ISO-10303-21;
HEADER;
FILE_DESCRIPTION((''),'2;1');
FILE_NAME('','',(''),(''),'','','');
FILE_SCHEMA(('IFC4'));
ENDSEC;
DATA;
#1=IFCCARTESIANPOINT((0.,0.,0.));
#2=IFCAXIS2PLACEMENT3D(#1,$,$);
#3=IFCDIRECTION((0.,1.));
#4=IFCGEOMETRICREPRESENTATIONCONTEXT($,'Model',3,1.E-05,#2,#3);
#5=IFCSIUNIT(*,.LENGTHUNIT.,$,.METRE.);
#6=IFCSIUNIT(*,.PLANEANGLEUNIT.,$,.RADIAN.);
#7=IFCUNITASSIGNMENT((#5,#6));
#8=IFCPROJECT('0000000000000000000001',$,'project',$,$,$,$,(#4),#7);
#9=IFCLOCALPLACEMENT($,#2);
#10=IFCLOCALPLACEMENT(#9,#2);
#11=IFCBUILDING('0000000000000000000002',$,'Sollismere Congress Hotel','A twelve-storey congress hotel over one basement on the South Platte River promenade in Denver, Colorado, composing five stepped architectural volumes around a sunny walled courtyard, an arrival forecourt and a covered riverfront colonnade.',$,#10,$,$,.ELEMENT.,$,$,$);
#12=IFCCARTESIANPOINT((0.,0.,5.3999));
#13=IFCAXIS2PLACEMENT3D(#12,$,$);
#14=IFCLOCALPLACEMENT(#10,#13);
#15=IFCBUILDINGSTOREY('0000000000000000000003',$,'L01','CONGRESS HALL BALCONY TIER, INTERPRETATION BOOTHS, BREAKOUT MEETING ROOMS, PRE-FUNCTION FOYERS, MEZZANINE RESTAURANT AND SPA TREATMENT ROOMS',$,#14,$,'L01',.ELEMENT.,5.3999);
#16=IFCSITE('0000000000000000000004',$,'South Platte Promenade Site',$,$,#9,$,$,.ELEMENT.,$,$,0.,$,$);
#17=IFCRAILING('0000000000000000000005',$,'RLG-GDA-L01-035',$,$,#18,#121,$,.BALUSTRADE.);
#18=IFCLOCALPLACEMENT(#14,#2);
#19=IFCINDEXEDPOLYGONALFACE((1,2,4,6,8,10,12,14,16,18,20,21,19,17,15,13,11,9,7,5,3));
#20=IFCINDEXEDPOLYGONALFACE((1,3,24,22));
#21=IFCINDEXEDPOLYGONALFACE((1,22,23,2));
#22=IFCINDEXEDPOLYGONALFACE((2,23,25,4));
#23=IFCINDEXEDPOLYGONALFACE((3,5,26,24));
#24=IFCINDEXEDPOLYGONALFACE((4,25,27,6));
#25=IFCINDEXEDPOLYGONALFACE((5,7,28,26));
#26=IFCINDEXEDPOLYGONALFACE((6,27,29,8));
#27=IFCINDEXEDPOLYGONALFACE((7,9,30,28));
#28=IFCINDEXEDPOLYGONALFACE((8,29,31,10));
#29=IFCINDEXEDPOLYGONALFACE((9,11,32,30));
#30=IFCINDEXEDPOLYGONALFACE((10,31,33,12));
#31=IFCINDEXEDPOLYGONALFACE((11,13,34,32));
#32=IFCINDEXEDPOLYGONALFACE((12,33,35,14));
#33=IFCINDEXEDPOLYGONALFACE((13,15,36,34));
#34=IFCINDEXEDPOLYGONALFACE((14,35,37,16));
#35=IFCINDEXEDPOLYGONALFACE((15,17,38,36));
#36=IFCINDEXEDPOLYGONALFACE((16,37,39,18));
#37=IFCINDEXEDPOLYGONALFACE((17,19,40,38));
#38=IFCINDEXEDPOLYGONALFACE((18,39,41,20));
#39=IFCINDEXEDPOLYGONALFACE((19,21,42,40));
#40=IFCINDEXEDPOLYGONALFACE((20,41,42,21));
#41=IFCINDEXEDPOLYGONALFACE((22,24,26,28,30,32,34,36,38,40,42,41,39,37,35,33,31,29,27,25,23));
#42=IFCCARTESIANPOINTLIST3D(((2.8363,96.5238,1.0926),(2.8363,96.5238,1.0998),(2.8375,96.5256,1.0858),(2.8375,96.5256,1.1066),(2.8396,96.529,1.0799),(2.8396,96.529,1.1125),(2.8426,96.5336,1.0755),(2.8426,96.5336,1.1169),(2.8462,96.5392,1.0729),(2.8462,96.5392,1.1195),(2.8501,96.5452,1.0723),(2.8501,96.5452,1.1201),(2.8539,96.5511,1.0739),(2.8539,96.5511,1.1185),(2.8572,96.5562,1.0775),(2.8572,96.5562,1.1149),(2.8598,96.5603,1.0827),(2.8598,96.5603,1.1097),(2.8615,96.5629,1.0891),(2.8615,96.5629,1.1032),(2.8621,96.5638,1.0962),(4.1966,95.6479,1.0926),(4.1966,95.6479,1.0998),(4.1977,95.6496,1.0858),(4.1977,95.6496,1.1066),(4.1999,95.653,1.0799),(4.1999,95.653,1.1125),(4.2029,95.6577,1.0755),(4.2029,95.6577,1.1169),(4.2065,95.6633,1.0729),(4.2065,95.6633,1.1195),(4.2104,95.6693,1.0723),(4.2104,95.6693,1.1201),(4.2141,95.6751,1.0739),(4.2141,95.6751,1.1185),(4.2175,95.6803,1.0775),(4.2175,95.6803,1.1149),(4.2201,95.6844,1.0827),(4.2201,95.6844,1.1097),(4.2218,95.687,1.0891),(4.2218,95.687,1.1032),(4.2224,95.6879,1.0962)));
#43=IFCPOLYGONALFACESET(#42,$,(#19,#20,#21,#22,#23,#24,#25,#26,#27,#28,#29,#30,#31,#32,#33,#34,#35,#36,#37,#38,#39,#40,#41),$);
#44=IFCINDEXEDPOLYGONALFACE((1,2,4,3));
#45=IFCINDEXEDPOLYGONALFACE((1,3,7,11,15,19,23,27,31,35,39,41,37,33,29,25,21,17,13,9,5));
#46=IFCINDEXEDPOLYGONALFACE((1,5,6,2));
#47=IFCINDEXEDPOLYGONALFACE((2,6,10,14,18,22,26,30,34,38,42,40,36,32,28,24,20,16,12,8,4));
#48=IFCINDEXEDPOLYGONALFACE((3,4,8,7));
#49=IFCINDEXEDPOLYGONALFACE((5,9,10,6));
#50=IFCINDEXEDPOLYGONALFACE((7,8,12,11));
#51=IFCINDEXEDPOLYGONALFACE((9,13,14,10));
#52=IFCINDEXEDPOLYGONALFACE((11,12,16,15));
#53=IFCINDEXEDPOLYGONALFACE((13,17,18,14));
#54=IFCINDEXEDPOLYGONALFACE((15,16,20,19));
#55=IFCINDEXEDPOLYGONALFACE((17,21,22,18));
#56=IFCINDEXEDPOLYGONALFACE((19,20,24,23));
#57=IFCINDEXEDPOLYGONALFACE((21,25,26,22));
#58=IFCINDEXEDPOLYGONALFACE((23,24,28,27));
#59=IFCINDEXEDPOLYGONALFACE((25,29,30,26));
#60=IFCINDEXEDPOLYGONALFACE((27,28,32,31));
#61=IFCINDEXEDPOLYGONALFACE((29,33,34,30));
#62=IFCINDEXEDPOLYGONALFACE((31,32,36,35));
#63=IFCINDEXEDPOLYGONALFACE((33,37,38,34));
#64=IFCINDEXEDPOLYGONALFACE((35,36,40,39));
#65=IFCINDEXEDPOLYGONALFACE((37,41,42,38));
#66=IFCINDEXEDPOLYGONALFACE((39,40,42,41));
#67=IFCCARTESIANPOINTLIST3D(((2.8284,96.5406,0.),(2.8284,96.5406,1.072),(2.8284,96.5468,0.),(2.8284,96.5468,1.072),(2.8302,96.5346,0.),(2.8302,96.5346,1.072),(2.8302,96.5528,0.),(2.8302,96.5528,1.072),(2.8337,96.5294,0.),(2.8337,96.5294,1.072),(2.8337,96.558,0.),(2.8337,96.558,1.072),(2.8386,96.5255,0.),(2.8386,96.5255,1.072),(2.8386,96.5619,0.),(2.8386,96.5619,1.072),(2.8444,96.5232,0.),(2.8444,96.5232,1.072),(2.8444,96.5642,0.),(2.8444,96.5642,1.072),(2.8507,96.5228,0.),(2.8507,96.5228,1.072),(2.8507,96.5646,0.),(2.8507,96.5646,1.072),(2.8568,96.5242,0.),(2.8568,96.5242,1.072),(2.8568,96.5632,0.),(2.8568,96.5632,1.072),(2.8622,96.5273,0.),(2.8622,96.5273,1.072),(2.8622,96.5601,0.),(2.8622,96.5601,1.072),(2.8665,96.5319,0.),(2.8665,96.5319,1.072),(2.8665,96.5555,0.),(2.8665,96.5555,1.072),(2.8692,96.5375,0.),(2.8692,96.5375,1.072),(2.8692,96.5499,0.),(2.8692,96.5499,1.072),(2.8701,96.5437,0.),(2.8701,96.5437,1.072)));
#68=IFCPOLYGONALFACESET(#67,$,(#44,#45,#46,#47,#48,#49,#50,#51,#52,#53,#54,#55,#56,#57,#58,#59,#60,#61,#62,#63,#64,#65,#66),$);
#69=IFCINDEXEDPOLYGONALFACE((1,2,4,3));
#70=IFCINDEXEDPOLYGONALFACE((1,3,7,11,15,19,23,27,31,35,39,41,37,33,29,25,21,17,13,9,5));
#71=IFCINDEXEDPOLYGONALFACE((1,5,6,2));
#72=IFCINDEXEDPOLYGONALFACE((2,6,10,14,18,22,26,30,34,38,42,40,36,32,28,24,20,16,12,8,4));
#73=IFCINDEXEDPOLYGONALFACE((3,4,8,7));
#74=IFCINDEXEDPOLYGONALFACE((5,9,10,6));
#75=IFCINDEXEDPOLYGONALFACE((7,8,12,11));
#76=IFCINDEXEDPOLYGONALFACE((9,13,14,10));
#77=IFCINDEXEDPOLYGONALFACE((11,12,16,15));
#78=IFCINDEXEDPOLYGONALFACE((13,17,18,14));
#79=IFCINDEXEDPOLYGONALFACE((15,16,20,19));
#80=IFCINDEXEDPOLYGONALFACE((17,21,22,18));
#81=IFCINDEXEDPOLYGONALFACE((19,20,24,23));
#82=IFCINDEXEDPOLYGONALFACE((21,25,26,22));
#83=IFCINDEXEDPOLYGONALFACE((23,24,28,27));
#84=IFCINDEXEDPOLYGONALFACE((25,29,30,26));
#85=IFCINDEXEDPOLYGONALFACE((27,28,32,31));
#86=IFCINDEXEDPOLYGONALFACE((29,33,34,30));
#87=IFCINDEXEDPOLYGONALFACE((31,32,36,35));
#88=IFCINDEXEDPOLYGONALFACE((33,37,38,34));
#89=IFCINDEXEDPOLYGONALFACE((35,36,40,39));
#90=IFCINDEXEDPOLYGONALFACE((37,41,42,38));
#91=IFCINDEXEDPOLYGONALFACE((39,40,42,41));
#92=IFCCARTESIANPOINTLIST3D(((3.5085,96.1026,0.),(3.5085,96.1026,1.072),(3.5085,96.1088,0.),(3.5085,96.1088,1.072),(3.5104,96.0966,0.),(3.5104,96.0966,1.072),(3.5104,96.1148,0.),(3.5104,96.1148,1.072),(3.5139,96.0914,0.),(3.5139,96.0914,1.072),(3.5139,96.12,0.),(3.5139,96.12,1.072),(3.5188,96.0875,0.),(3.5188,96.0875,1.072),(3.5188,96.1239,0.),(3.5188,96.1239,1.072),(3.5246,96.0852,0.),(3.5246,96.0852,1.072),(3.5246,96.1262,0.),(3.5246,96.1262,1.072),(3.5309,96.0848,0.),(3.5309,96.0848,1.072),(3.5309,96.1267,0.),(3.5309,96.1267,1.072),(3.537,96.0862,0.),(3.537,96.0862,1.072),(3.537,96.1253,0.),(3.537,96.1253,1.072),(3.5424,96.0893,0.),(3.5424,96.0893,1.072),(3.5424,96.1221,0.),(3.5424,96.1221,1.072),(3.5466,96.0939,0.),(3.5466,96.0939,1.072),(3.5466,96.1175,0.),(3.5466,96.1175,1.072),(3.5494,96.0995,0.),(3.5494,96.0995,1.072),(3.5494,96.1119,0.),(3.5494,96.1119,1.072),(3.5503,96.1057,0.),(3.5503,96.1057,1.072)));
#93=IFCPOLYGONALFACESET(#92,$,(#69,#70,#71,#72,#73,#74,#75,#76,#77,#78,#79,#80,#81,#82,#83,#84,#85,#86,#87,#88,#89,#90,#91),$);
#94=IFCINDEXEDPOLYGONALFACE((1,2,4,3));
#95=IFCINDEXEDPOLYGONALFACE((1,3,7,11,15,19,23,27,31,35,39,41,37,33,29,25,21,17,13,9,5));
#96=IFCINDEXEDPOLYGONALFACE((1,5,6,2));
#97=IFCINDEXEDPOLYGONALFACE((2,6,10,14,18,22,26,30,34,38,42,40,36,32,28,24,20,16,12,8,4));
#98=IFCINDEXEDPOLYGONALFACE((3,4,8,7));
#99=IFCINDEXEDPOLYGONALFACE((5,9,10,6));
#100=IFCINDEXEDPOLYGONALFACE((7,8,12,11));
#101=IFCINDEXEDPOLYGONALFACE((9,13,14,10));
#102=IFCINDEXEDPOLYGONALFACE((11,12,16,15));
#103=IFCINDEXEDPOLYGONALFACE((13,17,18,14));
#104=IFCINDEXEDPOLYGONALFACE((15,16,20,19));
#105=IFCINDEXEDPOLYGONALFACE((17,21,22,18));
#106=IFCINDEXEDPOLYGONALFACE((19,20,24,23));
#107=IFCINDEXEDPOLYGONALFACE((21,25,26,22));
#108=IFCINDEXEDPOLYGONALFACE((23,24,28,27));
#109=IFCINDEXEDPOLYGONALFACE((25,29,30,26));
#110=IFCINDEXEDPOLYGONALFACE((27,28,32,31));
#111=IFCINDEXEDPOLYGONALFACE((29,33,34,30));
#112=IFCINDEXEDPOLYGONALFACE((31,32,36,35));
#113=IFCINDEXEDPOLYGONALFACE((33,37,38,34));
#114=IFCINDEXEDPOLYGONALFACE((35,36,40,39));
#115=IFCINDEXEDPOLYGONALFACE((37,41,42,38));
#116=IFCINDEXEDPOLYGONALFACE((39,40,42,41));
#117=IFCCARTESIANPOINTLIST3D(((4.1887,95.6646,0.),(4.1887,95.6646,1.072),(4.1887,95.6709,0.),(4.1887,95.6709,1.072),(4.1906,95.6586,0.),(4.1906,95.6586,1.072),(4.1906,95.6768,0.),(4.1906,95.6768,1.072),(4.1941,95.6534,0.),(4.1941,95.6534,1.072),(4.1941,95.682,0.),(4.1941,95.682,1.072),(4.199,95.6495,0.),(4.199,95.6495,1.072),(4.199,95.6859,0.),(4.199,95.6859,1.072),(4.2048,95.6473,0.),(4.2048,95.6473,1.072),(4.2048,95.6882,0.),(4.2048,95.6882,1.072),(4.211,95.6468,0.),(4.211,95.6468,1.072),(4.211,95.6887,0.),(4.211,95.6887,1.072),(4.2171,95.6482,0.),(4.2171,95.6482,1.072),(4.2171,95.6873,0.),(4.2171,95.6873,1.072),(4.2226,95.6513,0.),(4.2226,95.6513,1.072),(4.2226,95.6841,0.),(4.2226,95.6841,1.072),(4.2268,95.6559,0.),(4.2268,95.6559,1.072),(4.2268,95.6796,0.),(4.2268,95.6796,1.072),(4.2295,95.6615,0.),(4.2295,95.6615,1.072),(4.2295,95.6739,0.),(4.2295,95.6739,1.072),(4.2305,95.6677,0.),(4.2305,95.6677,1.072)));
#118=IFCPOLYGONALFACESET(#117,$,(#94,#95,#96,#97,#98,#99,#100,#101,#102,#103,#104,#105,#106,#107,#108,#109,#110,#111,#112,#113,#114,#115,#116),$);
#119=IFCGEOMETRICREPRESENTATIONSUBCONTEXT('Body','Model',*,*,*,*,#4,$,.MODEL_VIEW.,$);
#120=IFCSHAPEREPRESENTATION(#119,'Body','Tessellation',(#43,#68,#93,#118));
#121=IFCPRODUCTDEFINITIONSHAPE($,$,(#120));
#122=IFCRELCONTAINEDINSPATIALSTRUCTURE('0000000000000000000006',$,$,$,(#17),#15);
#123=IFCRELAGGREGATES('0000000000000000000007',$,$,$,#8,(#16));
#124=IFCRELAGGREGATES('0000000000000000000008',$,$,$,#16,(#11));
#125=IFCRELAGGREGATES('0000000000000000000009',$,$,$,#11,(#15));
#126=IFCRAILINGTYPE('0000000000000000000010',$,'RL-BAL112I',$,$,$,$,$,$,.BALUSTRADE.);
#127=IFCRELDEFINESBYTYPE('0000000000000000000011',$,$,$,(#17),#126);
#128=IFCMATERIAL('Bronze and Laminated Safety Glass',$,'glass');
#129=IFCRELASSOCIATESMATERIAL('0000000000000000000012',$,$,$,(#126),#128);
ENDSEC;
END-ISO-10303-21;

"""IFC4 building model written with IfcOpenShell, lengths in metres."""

from ifc_helpers import new_model, si_unit, direction, frame, origin, origin_2d, place, context, subcontext, project, spatial, circle, extrude, material, type_object, element, save


model = new_model("IFC4")

# Units and contexts
model_context = context("Model", 3, precision=1e-05, world=origin(), true_north=direction((0.0, 1.0)))
body_context = subcontext(model_context, "Body", "Model", "MODEL_VIEW")
ifc_project = project(units=[si_unit("LENGTHUNIT", "METRE"), si_unit("PLANEANGLEUNIT", "RADIAN")], contexts=[model_context])

# Site, building, storey
site_placement = place(None, origin())
site = spatial("IfcSite", under=ifc_project, at=site_placement, Name="South Platte Promenade Site", CompositionType="ELEMENT", RefElevation=0.0)
building_placement = place(site_placement, origin())
building = spatial("IfcBuilding", under=site, at=building_placement, Name="Sollismere Congress Hotel", Description="A twelve-storey congress hotel over one basement on the South Platte River promenade in Denver, Colorado, composing five stepped architectural volumes around a sunny walled courtyard, an arrival forecourt and a covered riverfront colonnade.", CompositionType="ELEMENT")
storey_placement = place(building_placement, frame((0.0, 0.0, 5.3999)))
storey = spatial("IfcBuildingStorey", under=building, at=storey_placement, Name="L01", Description="CONGRESS HALL BALCONY TIER, INTERPRETATION BOOTHS, BREAKOUT MEETING ROOMS, PRE-FUNCTION FOYERS, MEZZANINE RESTAURANT AND SPA TREATMENT ROOMS", LongName="L01", CompositionType="ELEMENT", Elevation=5.3999)

# Railing
ifc_material_1 = material(Name="Bronze and Laminated Safety Glass", Category="glass")
railing_type = type_object("IfcRailingType", Name="RL-BAL112I", PredefinedType="BALUSTRADE", material=ifc_material_1)
railing_1_placement = place(storey_placement, frame((2.8491, 96.5437, 0.0)))
element("IfcRailing", 1, at=railing_1_placement, inside=storey, type_object=railing_type, Name="RLG-GDA-L01-035", PredefinedType="BALUSTRADE", context=body_context, shape_type="SweptSolid", body=[
    extrude(circle(Radius=0.0239, at=origin_2d()), frame((0.0, 0.0, 1.0962), z_axis=(0.840766, -0.541398, 0.0), x_axis=(0.541398, 0.840766, 0.0)), (0.0, 0.0, 1.0), 1.6179),
    extrude(circle(Radius=0.021, at=origin_2d()), origin(), (0.0, 0.0, 1.0), 1.072),
    extrude(circle(Radius=0.021, at=origin_2d()), frame((0.6802, -0.438, 0.0)), (0.0, 0.0, 1.0), 1.072),
    extrude(circle(Radius=0.021, at=origin_2d()), frame((1.3604, -0.876, 0.0)), (0.0, 0.0, 1.0), 1.072),
])

save(model, "model.ifc")
